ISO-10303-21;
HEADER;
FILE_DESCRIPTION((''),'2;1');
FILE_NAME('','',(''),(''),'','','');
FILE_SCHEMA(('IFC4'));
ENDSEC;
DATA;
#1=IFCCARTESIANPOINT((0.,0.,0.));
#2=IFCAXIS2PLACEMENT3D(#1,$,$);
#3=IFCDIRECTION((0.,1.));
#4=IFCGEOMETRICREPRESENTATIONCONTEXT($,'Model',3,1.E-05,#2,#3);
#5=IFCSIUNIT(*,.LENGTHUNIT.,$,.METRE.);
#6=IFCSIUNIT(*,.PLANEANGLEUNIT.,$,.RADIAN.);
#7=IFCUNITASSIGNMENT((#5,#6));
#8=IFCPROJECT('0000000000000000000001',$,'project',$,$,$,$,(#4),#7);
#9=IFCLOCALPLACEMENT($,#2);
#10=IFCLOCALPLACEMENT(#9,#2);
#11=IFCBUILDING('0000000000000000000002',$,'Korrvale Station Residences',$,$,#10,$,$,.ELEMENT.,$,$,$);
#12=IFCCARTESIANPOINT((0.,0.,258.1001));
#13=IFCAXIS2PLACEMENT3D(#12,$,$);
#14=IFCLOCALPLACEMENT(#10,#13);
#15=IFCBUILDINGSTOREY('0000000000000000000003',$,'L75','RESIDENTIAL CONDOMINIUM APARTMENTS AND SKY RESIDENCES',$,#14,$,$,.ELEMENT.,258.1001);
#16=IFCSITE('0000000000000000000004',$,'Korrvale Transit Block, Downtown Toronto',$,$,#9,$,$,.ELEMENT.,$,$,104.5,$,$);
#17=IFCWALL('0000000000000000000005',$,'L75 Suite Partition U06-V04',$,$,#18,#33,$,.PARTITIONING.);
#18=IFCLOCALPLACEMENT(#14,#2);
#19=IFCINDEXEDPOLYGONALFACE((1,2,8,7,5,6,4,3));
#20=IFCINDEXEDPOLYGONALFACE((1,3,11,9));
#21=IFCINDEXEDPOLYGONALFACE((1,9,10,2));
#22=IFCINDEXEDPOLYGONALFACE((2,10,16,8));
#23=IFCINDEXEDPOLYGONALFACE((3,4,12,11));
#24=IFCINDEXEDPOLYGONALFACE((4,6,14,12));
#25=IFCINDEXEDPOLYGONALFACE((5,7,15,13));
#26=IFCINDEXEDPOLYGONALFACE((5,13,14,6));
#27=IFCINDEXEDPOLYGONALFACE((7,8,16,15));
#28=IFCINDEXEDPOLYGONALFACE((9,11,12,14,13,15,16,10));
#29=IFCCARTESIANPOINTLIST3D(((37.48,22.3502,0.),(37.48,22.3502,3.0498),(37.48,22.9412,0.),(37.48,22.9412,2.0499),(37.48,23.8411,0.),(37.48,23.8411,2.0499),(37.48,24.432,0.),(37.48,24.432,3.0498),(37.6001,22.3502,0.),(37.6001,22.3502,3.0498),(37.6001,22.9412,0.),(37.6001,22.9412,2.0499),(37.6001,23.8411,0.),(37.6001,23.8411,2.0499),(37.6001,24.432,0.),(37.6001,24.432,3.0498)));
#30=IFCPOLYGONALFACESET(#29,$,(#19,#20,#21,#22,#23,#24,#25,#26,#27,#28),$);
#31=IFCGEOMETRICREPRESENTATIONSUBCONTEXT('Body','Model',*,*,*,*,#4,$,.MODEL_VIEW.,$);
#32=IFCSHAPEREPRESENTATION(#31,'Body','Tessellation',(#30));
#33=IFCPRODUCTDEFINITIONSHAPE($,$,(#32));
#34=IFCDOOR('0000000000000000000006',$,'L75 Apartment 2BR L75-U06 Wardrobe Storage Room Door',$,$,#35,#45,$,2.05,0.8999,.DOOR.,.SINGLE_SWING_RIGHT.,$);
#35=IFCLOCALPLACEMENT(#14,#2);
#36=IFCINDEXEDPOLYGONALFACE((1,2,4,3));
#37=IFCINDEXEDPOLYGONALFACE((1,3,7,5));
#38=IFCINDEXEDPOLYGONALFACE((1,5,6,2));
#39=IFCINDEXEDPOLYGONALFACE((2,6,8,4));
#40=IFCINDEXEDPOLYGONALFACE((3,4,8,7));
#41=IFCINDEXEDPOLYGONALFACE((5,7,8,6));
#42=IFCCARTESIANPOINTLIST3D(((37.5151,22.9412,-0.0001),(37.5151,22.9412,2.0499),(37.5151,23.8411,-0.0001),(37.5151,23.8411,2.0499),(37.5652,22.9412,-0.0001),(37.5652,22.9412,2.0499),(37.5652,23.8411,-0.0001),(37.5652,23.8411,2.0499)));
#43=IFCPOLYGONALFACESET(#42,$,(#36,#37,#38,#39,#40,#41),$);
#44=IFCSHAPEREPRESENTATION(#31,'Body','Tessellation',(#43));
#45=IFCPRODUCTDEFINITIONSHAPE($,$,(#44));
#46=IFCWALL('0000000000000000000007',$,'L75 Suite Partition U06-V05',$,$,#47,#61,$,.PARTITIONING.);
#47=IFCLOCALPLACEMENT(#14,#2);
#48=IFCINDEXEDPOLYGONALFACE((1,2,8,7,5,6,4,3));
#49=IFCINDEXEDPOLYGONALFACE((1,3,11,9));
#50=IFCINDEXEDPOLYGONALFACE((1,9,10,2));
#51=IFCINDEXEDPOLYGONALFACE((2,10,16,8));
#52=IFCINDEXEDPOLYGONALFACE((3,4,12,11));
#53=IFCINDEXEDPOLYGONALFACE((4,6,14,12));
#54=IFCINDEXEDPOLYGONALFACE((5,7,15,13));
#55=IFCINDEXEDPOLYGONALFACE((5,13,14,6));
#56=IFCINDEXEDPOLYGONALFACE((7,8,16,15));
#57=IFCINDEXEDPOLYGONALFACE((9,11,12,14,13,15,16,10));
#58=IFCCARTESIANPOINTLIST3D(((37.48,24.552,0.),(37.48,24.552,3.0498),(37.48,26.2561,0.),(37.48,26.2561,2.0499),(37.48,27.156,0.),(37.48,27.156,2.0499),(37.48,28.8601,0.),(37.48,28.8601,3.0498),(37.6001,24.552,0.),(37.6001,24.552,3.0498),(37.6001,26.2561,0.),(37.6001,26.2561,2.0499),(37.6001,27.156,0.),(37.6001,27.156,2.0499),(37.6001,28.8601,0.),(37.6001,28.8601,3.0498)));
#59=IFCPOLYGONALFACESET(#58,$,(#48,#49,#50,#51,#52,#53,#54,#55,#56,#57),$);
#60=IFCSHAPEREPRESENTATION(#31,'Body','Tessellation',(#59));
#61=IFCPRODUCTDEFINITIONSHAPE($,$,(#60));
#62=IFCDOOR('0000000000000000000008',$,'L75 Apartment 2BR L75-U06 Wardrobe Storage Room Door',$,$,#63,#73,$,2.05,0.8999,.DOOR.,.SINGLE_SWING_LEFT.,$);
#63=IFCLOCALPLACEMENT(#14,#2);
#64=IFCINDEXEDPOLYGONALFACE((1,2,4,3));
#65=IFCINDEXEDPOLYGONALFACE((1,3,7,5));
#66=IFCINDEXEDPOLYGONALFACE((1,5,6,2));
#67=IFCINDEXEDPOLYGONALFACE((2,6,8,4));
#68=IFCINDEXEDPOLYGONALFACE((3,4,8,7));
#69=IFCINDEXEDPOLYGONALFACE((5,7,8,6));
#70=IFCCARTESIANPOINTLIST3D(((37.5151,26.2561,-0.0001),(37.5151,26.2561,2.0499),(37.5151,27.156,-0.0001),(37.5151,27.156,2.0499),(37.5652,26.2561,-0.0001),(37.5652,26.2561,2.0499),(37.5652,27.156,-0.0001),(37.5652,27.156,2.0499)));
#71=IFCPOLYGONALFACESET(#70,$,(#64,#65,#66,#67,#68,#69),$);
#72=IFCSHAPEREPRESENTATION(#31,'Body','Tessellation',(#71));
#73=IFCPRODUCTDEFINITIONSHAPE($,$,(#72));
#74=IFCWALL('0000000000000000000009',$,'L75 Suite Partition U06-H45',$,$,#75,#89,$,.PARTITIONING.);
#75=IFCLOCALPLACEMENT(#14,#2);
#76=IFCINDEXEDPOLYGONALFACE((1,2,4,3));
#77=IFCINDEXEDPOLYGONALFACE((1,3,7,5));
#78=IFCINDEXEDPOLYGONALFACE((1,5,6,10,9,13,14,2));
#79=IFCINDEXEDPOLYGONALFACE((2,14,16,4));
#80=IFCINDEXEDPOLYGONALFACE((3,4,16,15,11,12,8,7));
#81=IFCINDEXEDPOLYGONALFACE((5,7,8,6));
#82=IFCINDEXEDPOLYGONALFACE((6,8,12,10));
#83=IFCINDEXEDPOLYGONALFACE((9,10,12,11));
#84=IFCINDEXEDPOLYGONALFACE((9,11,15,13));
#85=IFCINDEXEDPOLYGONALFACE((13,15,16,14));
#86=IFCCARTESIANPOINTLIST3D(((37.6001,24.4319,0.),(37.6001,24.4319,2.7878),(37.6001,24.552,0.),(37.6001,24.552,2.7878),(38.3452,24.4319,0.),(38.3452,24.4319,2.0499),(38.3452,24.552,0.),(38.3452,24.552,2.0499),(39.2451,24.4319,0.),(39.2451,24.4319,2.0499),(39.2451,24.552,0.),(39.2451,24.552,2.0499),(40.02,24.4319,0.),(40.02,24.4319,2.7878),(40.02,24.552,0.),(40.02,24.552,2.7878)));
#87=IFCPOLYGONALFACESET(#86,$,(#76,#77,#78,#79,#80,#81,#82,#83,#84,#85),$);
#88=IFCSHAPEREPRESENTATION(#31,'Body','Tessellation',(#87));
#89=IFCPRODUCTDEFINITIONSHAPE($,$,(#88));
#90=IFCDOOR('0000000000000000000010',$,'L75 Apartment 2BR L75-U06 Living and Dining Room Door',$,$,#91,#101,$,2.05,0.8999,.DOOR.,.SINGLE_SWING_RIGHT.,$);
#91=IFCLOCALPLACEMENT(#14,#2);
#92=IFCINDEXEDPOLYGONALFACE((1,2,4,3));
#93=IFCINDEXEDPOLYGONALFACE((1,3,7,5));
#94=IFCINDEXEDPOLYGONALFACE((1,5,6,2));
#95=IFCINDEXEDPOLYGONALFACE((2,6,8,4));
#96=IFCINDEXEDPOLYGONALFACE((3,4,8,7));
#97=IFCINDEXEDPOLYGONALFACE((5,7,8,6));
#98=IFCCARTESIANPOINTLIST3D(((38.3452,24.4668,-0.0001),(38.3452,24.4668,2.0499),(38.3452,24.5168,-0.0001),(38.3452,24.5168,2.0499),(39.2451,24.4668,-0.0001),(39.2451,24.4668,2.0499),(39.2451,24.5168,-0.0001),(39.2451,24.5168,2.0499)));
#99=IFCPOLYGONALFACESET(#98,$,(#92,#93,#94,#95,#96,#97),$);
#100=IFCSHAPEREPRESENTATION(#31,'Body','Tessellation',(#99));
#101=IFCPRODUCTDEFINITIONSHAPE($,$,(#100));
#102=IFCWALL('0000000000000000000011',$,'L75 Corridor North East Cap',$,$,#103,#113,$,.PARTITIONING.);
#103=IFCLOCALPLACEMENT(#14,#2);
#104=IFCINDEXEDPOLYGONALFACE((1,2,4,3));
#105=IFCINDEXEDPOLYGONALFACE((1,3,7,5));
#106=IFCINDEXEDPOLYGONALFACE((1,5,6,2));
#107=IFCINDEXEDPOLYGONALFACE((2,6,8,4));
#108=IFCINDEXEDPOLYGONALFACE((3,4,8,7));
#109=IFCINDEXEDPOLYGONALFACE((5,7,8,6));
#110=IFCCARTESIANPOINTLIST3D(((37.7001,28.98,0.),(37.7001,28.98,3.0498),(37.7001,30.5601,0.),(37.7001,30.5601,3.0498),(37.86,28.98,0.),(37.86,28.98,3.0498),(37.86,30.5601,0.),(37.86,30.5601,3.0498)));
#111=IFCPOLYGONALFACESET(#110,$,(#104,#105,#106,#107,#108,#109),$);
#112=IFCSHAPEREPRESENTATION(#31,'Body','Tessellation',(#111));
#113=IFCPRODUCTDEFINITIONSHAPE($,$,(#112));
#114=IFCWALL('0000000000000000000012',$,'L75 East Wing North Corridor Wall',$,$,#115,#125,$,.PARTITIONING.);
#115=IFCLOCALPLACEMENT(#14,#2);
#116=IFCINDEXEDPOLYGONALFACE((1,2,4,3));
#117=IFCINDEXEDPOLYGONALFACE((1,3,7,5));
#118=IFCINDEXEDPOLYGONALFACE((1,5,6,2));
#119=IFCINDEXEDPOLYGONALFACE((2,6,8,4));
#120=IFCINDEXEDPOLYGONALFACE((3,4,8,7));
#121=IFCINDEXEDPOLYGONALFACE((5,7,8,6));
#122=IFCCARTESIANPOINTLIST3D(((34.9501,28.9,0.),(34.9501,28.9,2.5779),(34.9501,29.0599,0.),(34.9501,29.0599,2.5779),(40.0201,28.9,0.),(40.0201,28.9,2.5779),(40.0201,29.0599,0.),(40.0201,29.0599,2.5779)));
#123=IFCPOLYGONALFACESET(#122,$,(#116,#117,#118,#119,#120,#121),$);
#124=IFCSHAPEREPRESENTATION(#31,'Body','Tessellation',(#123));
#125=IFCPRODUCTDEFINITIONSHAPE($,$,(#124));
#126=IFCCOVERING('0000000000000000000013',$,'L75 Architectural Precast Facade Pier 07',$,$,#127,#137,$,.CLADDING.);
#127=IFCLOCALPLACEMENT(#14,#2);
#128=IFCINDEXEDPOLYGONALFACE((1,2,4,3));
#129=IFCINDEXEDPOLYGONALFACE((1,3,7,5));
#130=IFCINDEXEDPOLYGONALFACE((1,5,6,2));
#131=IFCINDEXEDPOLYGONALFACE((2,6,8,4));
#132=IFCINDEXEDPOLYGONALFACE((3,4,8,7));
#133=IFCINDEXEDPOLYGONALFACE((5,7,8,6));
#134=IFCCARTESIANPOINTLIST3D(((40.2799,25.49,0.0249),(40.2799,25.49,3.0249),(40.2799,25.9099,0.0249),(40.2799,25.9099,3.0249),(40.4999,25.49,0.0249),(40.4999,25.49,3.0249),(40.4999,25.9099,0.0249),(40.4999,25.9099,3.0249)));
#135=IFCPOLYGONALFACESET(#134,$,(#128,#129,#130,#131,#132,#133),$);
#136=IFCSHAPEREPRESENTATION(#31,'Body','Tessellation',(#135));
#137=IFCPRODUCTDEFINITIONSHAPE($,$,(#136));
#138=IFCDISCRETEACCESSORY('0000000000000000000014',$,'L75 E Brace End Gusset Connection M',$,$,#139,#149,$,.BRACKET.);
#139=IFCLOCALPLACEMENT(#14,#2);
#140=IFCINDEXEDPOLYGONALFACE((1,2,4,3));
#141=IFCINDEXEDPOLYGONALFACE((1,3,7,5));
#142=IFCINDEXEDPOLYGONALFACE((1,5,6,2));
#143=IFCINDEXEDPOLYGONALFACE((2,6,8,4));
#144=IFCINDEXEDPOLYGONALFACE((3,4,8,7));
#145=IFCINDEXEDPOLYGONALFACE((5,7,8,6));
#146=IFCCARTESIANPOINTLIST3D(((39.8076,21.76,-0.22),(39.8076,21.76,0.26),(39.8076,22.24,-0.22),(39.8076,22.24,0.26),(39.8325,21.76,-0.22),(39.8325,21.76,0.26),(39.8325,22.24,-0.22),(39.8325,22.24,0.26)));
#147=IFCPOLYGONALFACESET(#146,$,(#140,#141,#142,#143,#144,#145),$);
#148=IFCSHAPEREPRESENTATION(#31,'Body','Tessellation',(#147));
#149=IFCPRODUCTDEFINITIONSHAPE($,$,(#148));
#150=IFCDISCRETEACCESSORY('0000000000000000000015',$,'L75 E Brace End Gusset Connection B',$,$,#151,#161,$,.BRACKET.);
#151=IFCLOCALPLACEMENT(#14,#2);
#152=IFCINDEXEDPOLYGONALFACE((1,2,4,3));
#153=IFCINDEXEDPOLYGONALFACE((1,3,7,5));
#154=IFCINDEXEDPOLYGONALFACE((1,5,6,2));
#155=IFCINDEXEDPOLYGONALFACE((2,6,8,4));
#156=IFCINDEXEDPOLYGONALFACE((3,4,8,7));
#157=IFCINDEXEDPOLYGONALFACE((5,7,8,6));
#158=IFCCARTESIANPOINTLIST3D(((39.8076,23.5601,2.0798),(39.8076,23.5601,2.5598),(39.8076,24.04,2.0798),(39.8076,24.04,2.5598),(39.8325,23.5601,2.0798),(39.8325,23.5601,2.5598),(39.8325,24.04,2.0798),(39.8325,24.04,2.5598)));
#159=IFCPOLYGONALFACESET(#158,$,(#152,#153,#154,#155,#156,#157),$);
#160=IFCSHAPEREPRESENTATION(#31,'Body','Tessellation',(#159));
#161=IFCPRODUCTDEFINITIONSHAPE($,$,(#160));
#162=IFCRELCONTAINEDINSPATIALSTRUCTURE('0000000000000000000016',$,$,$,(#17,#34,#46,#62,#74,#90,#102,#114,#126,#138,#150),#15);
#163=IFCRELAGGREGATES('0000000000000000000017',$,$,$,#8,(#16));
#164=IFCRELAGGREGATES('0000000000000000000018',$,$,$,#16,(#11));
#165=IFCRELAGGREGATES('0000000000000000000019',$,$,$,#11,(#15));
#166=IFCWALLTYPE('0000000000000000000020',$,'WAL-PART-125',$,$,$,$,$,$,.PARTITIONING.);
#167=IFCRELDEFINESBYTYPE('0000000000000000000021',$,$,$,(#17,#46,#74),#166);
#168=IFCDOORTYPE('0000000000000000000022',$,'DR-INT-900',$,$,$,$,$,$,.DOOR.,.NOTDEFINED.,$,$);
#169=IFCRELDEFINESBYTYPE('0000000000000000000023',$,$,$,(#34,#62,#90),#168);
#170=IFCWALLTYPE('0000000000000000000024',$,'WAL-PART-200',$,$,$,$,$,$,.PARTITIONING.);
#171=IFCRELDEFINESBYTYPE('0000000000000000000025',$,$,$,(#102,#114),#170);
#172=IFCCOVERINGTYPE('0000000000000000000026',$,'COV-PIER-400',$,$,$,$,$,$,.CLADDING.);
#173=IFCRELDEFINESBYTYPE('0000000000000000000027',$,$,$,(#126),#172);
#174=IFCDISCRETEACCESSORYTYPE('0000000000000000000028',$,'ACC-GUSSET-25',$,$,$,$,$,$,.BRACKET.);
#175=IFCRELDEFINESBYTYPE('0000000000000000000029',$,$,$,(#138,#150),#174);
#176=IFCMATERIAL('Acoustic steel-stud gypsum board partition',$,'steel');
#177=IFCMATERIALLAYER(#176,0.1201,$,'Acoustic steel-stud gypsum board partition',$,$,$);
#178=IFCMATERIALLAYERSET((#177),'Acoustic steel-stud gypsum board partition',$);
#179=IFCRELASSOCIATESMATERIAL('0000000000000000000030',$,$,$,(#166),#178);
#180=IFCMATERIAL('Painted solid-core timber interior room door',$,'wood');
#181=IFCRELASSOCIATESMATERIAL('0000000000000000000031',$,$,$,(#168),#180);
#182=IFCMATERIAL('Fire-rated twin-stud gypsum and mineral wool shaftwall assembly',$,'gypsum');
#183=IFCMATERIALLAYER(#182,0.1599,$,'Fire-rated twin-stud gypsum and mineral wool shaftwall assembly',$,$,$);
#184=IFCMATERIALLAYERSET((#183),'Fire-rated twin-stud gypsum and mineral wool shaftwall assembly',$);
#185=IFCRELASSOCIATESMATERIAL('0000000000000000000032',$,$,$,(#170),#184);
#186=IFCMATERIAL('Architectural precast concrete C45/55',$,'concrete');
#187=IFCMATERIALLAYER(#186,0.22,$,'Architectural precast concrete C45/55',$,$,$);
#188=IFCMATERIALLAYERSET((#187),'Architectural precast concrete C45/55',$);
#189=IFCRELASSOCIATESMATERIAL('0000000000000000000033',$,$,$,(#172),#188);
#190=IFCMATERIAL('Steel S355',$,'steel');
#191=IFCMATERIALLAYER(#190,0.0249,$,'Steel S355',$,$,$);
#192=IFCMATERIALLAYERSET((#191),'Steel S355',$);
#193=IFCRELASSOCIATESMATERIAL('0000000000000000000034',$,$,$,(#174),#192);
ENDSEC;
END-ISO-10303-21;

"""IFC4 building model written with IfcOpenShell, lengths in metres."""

from ifc_helpers import new_model, si_unit, direction, frame, frame_2d, origin, origin_2d, place, context, subcontext, project, spatial, rectangle, extrude, material, layer, layer_set, type_object, element, fill, save


model = new_model("IFC4")

# Units and contexts
model_context = context("Model", 3, precision=1e-05, world=origin(), true_north=direction((0.0, 1.0)))
body_context = subcontext(model_context, "Body", "Model", "MODEL_VIEW")
ifc_project = project(units=[si_unit("LENGTHUNIT", "METRE"), si_unit("PLANEANGLEUNIT", "RADIAN")], contexts=[model_context])

# Site, building, storey
site_placement = place(None, origin())
site = spatial("IfcSite", under=ifc_project, at=site_placement, Name="Korrvale Transit Block, Downtown Toronto", CompositionType="ELEMENT", RefElevation=104.5)
building_placement = place(site_placement, origin())
building = spatial("IfcBuilding", under=site, at=building_placement, Name="Korrvale Station Residences", CompositionType="ELEMENT")
storey_placement = place(building_placement, frame((0.0, 0.0, 258.1001)))
storey = spatial("IfcBuildingStorey", under=building, at=storey_placement, Name="L75", Description="RESIDENTIAL CONDOMINIUM APARTMENTS AND SKY RESIDENCES", CompositionType="ELEMENT", Elevation=258.1001)

# Shared definitions
ifc_material_1 = material(Name="Steel S355", Category="steel")

# Walls, openings, doors
ifc_material_2 = material(Name="Acoustic steel-stud gypsum board partition", Category="steel")
ifc_layer_1 = layer(ifc_material_2, 0.1201, Name="Acoustic steel-stud gypsum board partition")
ifc_layer_set_1 = layer_set([ifc_layer_1], Name="Acoustic steel-stud gypsum board partition")
wall_type_1 = type_object("IfcWallType", Name="WAL-PART-125", PredefinedType="PARTITIONING", material=ifc_layer_set_1)
ifc_material_3 = material(Name="Painted solid-core timber interior room door", Category="wood")
door_type = type_object("IfcDoorType", Name="DR-INT-900", OperationType="NOTDEFINED", PredefinedType="DOOR", material=ifc_material_3)
wall_1_placement = place(storey_placement, frame((37.54, 22.3501, 0.0), z_axis=(0.0, 0.0, 1.0), x_axis=(0.0, 1.0, 0.0)))
wall_1 = element("IfcWall", 1, at=wall_1_placement, inside=storey, type_object=wall_type_1, Name="L75 Suite Partition U06-V04", PredefinedType="PARTITIONING", context=body_context, shape_type="SweptSolid", body=[
    extrude(rectangle(XDim=2.0818, YDim=0.1201, at=frame_2d((1.041, 0.0))), origin(), (0.0, 0.0, 1.0), 3.0498),
])
opening_1_placement = place(wall_1_placement, frame((0.5911, 0.0, 0.0)))
opening_1 = element("IfcOpeningElement", 2, at=opening_1_placement, cuts=wall_1, PredefinedType="OPENING", context=body_context, shape_type="SweptSolid", body=[
    extrude(rectangle(XDim=0.8999, YDim=2.05, at=frame_2d((0.45, 1.0249))), frame((0.0, 0.0701, 0.0), z_axis=(0.0, -1.0, 0.0), x_axis=(1.0, 0.0, 0.0)), (0.0, 0.0, 1.0), 0.1401),
])
door_1_placement = place(opening_1_placement, origin())
door_1 = element("IfcDoor", 3, at=door_1_placement, inside=storey, type_object=door_type, Name="L75 Apartment 2BR L75-U06 Wardrobe Storage Room Door", OperationType="SINGLE_SWING_RIGHT", OverallHeight=2.05, OverallWidth=0.8999, PredefinedType="DOOR", context=body_context, shape_type="SweptSolid", body=[
    extrude(rectangle(XDim=0.8999, YDim=2.05, at=frame_2d((0.45, 1.0249))), frame((0.0, 0.0249, 0.0), z_axis=(0.0, -1.0, 0.0), x_axis=(1.0, 0.0, 0.0)), (0.0, 0.0, 1.0), 0.05),
])
fill(opening_1, door_1)
wall_2_placement = place(storey_placement, frame((37.54, 24.552, 0.0), z_axis=(0.0, 0.0, 1.0), x_axis=(0.0, 1.0, 0.0)))
wall_2 = element("IfcWall", 4, at=wall_2_placement, inside=storey, type_object=wall_type_1, Name="L75 Suite Partition U06-V05", PredefinedType="PARTITIONING", context=body_context, shape_type="SweptSolid", body=[
    extrude(rectangle(XDim=4.3081, YDim=0.1201, at=frame_2d((2.1541, 0.0))), origin(), (0.0, 0.0, 1.0), 3.0498),
])
opening_2_placement = place(wall_2_placement, frame((1.7041, 0.0, 0.0)))
opening_2 = element("IfcOpeningElement", 5, at=opening_2_placement, cuts=wall_2, PredefinedType="OPENING", context=body_context, shape_type="SweptSolid", body=[
    extrude(rectangle(XDim=0.8999, YDim=2.05, at=frame_2d((0.45, 1.0249))), frame((0.0, 0.0701, 0.0), z_axis=(0.0, -1.0, 0.0), x_axis=(1.0, 0.0, 0.0)), (0.0, 0.0, 1.0), 0.1401),
])
door_2_placement = place(opening_2_placement, origin())
door_2 = element("IfcDoor", 6, at=door_2_placement, inside=storey, type_object=door_type, Name="L75 Apartment 2BR L75-U06 Wardrobe Storage Room Door", OperationType="SINGLE_SWING_LEFT", OverallHeight=2.05, OverallWidth=0.8999, PredefinedType="DOOR", context=body_context, shape_type="SweptSolid", body=[
    extrude(rectangle(XDim=0.8999, YDim=2.05, at=frame_2d((0.45, 1.0249))), frame((0.0, 0.0249, 0.0), z_axis=(0.0, -1.0, 0.0), x_axis=(1.0, 0.0, 0.0)), (0.0, 0.0, 1.0), 0.05),
])
fill(opening_2, door_2)
wall_3_placement = place(storey_placement, frame((37.6001, 24.4919, 0.0), z_axis=(0.0, 0.0, 1.0), x_axis=(1.0, 0.0, 0.0)))
wall_3 = element("IfcWall", 7, at=wall_3_placement, inside=storey, type_object=wall_type_1, Name="L75 Suite Partition U06-H45", PredefinedType="PARTITIONING", context=body_context, shape_type="SweptSolid", body=[
    extrude(rectangle(XDim=2.4199, YDim=0.1201, at=frame_2d((1.21, 0.0))), origin(), (0.0, 0.0, 1.0), 2.7878),
])
opening_3_placement = place(wall_3_placement, frame((0.7451, 0.0, 0.0)))
opening_3 = element("IfcOpeningElement", 8, at=opening_3_placement, cuts=wall_3, PredefinedType="OPENING", context=body_context, shape_type="SweptSolid", body=[
    extrude(rectangle(XDim=0.8999, YDim=2.05, at=frame_2d((0.45, 1.0249))), frame((0.0, 0.0701, 0.0), z_axis=(0.0, -1.0, 0.0), x_axis=(1.0, 0.0, 0.0)), (0.0, 0.0, 1.0), 0.1401),
])
door_3_placement = place(opening_3_placement, origin())
door_3 = element("IfcDoor", 9, at=door_3_placement, inside=storey, type_object=door_type, Name="L75 Apartment 2BR L75-U06 Living and Dining Room Door", OperationType="SINGLE_SWING_RIGHT", OverallHeight=2.05, OverallWidth=0.8999, PredefinedType="DOOR", context=body_context, shape_type="SweptSolid", body=[
    extrude(rectangle(XDim=0.8999, YDim=2.05, at=frame_2d((0.45, 1.0249))), frame((0.0, 0.0249, 0.0), z_axis=(0.0, -1.0, 0.0), x_axis=(1.0, 0.0, 0.0)), (0.0, 0.0, 1.0), 0.05),
])
fill(opening_3, door_3)

# Walls
ifc_material_4 = material(Name="Fire-rated twin-stud gypsum and mineral wool shaftwall assembly", Category="gypsum")
ifc_layer_2 = layer(ifc_material_4, 0.1599, Name="Fire-rated twin-stud gypsum and mineral wool shaftwall assembly")
ifc_layer_set_2 = layer_set([ifc_layer_2], Name="Fire-rated twin-stud gypsum and mineral wool shaftwall assembly")
wall_type_2 = type_object("IfcWallType", Name="WAL-PART-200", PredefinedType="PARTITIONING", material=ifc_layer_set_2)
wall_4_placement = place(storey_placement, frame((37.78, 28.98, 0.0), z_axis=(0.0, 0.0, 1.0), x_axis=(0.0, 1.0, 0.0)))
element("IfcWall", 10, at=wall_4_placement, inside=storey, type_object=wall_type_2, Name="L75 Corridor North East Cap", PredefinedType="PARTITIONING", context=body_context, shape_type="SweptSolid", body=[
    extrude(rectangle(XDim=1.5801, YDim=0.1599, at=frame_2d((0.79, 0.0))), origin(), (0.0, 0.0, 1.0), 3.0498),
])
wall_5_placement = place(storey_placement, frame((34.95, 28.98, 0.0), z_axis=(0.0, 0.0, 1.0), x_axis=(1.0, 0.0, 0.0)))
element("IfcWall", 11, at=wall_5_placement, inside=storey, type_object=wall_type_2, Name="L75 East Wing North Corridor Wall", PredefinedType="PARTITIONING", context=body_context, shape_type="SweptSolid", body=[
    extrude(rectangle(XDim=5.0701, YDim=0.1599, at=frame_2d((2.5352, 0.0))), origin(), (0.0, 0.0, 1.0), 2.5779),
])

# Covering
ifc_material_5 = material(Name="Architectural precast concrete C45/55", Category="concrete")
ifc_layer_3 = layer(ifc_material_5, 0.22, Name="Architectural precast concrete C45/55")
ifc_layer_set_3 = layer_set([ifc_layer_3], Name="Architectural precast concrete C45/55")
covering_type = type_object("IfcCoveringType", Name="COV-PIER-400", PredefinedType="CLADDING", material=ifc_layer_set_3)
covering_placement = place(storey_placement, frame((40.3899, 25.7, 0.0249), z_axis=(0.0, 0.0, 1.0), x_axis=(0.0, 1.0, 0.0)))
element("IfcCovering", 12, at=covering_placement, inside=storey, type_object=covering_type, Name="L75 Architectural Precast Facade Pier 07", PredefinedType="CLADDING", context=body_context, shape_type="SweptSolid", body=[
    extrude(rectangle(XDim=0.4199, YDim=0.22, at=origin_2d()), origin(), (0.0, 0.0, 1.0), 3.0),
])

# Discrete accessories
ifc_layer_4 = layer(ifc_material_1, 0.0249, Name="Steel S355")
ifc_layer_set_4 = layer_set([ifc_layer_4], Name="Steel S355")
discrete_accessory_type = type_object("IfcDiscreteAccessoryType", Name="ACC-GUSSET-25", PredefinedType="BRACKET", material=ifc_layer_set_4)
for number, where, z_axis, x_axis, name in (
    (13, (39.8201, 22.0, -0.22), (0.0, 0.0, 1.0), (0.0, 1.0, 0.0), "L75 E Brace End Gusset Connection M"),
    (14, (39.8201, 23.8, 2.0798), (0.0, 0.0, 1.0), (0.0, 1.0, 0.0), "L75 E Brace End Gusset Connection B"),
):
    element("IfcDiscreteAccessory", number, at=place(storey_placement, frame(where, z_axis=z_axis, x_axis=x_axis)), inside=storey, type_object=discrete_accessory_type, Name=name, PredefinedType="BRACKET", context=body_context, shape_type="SweptSolid", body=[
        extrude(rectangle(XDim=0.48, YDim=0.0249, at=origin_2d()), origin(), (0.0, 0.0, 1.0), 0.48),
    ])

save(model, "model.ifc")
